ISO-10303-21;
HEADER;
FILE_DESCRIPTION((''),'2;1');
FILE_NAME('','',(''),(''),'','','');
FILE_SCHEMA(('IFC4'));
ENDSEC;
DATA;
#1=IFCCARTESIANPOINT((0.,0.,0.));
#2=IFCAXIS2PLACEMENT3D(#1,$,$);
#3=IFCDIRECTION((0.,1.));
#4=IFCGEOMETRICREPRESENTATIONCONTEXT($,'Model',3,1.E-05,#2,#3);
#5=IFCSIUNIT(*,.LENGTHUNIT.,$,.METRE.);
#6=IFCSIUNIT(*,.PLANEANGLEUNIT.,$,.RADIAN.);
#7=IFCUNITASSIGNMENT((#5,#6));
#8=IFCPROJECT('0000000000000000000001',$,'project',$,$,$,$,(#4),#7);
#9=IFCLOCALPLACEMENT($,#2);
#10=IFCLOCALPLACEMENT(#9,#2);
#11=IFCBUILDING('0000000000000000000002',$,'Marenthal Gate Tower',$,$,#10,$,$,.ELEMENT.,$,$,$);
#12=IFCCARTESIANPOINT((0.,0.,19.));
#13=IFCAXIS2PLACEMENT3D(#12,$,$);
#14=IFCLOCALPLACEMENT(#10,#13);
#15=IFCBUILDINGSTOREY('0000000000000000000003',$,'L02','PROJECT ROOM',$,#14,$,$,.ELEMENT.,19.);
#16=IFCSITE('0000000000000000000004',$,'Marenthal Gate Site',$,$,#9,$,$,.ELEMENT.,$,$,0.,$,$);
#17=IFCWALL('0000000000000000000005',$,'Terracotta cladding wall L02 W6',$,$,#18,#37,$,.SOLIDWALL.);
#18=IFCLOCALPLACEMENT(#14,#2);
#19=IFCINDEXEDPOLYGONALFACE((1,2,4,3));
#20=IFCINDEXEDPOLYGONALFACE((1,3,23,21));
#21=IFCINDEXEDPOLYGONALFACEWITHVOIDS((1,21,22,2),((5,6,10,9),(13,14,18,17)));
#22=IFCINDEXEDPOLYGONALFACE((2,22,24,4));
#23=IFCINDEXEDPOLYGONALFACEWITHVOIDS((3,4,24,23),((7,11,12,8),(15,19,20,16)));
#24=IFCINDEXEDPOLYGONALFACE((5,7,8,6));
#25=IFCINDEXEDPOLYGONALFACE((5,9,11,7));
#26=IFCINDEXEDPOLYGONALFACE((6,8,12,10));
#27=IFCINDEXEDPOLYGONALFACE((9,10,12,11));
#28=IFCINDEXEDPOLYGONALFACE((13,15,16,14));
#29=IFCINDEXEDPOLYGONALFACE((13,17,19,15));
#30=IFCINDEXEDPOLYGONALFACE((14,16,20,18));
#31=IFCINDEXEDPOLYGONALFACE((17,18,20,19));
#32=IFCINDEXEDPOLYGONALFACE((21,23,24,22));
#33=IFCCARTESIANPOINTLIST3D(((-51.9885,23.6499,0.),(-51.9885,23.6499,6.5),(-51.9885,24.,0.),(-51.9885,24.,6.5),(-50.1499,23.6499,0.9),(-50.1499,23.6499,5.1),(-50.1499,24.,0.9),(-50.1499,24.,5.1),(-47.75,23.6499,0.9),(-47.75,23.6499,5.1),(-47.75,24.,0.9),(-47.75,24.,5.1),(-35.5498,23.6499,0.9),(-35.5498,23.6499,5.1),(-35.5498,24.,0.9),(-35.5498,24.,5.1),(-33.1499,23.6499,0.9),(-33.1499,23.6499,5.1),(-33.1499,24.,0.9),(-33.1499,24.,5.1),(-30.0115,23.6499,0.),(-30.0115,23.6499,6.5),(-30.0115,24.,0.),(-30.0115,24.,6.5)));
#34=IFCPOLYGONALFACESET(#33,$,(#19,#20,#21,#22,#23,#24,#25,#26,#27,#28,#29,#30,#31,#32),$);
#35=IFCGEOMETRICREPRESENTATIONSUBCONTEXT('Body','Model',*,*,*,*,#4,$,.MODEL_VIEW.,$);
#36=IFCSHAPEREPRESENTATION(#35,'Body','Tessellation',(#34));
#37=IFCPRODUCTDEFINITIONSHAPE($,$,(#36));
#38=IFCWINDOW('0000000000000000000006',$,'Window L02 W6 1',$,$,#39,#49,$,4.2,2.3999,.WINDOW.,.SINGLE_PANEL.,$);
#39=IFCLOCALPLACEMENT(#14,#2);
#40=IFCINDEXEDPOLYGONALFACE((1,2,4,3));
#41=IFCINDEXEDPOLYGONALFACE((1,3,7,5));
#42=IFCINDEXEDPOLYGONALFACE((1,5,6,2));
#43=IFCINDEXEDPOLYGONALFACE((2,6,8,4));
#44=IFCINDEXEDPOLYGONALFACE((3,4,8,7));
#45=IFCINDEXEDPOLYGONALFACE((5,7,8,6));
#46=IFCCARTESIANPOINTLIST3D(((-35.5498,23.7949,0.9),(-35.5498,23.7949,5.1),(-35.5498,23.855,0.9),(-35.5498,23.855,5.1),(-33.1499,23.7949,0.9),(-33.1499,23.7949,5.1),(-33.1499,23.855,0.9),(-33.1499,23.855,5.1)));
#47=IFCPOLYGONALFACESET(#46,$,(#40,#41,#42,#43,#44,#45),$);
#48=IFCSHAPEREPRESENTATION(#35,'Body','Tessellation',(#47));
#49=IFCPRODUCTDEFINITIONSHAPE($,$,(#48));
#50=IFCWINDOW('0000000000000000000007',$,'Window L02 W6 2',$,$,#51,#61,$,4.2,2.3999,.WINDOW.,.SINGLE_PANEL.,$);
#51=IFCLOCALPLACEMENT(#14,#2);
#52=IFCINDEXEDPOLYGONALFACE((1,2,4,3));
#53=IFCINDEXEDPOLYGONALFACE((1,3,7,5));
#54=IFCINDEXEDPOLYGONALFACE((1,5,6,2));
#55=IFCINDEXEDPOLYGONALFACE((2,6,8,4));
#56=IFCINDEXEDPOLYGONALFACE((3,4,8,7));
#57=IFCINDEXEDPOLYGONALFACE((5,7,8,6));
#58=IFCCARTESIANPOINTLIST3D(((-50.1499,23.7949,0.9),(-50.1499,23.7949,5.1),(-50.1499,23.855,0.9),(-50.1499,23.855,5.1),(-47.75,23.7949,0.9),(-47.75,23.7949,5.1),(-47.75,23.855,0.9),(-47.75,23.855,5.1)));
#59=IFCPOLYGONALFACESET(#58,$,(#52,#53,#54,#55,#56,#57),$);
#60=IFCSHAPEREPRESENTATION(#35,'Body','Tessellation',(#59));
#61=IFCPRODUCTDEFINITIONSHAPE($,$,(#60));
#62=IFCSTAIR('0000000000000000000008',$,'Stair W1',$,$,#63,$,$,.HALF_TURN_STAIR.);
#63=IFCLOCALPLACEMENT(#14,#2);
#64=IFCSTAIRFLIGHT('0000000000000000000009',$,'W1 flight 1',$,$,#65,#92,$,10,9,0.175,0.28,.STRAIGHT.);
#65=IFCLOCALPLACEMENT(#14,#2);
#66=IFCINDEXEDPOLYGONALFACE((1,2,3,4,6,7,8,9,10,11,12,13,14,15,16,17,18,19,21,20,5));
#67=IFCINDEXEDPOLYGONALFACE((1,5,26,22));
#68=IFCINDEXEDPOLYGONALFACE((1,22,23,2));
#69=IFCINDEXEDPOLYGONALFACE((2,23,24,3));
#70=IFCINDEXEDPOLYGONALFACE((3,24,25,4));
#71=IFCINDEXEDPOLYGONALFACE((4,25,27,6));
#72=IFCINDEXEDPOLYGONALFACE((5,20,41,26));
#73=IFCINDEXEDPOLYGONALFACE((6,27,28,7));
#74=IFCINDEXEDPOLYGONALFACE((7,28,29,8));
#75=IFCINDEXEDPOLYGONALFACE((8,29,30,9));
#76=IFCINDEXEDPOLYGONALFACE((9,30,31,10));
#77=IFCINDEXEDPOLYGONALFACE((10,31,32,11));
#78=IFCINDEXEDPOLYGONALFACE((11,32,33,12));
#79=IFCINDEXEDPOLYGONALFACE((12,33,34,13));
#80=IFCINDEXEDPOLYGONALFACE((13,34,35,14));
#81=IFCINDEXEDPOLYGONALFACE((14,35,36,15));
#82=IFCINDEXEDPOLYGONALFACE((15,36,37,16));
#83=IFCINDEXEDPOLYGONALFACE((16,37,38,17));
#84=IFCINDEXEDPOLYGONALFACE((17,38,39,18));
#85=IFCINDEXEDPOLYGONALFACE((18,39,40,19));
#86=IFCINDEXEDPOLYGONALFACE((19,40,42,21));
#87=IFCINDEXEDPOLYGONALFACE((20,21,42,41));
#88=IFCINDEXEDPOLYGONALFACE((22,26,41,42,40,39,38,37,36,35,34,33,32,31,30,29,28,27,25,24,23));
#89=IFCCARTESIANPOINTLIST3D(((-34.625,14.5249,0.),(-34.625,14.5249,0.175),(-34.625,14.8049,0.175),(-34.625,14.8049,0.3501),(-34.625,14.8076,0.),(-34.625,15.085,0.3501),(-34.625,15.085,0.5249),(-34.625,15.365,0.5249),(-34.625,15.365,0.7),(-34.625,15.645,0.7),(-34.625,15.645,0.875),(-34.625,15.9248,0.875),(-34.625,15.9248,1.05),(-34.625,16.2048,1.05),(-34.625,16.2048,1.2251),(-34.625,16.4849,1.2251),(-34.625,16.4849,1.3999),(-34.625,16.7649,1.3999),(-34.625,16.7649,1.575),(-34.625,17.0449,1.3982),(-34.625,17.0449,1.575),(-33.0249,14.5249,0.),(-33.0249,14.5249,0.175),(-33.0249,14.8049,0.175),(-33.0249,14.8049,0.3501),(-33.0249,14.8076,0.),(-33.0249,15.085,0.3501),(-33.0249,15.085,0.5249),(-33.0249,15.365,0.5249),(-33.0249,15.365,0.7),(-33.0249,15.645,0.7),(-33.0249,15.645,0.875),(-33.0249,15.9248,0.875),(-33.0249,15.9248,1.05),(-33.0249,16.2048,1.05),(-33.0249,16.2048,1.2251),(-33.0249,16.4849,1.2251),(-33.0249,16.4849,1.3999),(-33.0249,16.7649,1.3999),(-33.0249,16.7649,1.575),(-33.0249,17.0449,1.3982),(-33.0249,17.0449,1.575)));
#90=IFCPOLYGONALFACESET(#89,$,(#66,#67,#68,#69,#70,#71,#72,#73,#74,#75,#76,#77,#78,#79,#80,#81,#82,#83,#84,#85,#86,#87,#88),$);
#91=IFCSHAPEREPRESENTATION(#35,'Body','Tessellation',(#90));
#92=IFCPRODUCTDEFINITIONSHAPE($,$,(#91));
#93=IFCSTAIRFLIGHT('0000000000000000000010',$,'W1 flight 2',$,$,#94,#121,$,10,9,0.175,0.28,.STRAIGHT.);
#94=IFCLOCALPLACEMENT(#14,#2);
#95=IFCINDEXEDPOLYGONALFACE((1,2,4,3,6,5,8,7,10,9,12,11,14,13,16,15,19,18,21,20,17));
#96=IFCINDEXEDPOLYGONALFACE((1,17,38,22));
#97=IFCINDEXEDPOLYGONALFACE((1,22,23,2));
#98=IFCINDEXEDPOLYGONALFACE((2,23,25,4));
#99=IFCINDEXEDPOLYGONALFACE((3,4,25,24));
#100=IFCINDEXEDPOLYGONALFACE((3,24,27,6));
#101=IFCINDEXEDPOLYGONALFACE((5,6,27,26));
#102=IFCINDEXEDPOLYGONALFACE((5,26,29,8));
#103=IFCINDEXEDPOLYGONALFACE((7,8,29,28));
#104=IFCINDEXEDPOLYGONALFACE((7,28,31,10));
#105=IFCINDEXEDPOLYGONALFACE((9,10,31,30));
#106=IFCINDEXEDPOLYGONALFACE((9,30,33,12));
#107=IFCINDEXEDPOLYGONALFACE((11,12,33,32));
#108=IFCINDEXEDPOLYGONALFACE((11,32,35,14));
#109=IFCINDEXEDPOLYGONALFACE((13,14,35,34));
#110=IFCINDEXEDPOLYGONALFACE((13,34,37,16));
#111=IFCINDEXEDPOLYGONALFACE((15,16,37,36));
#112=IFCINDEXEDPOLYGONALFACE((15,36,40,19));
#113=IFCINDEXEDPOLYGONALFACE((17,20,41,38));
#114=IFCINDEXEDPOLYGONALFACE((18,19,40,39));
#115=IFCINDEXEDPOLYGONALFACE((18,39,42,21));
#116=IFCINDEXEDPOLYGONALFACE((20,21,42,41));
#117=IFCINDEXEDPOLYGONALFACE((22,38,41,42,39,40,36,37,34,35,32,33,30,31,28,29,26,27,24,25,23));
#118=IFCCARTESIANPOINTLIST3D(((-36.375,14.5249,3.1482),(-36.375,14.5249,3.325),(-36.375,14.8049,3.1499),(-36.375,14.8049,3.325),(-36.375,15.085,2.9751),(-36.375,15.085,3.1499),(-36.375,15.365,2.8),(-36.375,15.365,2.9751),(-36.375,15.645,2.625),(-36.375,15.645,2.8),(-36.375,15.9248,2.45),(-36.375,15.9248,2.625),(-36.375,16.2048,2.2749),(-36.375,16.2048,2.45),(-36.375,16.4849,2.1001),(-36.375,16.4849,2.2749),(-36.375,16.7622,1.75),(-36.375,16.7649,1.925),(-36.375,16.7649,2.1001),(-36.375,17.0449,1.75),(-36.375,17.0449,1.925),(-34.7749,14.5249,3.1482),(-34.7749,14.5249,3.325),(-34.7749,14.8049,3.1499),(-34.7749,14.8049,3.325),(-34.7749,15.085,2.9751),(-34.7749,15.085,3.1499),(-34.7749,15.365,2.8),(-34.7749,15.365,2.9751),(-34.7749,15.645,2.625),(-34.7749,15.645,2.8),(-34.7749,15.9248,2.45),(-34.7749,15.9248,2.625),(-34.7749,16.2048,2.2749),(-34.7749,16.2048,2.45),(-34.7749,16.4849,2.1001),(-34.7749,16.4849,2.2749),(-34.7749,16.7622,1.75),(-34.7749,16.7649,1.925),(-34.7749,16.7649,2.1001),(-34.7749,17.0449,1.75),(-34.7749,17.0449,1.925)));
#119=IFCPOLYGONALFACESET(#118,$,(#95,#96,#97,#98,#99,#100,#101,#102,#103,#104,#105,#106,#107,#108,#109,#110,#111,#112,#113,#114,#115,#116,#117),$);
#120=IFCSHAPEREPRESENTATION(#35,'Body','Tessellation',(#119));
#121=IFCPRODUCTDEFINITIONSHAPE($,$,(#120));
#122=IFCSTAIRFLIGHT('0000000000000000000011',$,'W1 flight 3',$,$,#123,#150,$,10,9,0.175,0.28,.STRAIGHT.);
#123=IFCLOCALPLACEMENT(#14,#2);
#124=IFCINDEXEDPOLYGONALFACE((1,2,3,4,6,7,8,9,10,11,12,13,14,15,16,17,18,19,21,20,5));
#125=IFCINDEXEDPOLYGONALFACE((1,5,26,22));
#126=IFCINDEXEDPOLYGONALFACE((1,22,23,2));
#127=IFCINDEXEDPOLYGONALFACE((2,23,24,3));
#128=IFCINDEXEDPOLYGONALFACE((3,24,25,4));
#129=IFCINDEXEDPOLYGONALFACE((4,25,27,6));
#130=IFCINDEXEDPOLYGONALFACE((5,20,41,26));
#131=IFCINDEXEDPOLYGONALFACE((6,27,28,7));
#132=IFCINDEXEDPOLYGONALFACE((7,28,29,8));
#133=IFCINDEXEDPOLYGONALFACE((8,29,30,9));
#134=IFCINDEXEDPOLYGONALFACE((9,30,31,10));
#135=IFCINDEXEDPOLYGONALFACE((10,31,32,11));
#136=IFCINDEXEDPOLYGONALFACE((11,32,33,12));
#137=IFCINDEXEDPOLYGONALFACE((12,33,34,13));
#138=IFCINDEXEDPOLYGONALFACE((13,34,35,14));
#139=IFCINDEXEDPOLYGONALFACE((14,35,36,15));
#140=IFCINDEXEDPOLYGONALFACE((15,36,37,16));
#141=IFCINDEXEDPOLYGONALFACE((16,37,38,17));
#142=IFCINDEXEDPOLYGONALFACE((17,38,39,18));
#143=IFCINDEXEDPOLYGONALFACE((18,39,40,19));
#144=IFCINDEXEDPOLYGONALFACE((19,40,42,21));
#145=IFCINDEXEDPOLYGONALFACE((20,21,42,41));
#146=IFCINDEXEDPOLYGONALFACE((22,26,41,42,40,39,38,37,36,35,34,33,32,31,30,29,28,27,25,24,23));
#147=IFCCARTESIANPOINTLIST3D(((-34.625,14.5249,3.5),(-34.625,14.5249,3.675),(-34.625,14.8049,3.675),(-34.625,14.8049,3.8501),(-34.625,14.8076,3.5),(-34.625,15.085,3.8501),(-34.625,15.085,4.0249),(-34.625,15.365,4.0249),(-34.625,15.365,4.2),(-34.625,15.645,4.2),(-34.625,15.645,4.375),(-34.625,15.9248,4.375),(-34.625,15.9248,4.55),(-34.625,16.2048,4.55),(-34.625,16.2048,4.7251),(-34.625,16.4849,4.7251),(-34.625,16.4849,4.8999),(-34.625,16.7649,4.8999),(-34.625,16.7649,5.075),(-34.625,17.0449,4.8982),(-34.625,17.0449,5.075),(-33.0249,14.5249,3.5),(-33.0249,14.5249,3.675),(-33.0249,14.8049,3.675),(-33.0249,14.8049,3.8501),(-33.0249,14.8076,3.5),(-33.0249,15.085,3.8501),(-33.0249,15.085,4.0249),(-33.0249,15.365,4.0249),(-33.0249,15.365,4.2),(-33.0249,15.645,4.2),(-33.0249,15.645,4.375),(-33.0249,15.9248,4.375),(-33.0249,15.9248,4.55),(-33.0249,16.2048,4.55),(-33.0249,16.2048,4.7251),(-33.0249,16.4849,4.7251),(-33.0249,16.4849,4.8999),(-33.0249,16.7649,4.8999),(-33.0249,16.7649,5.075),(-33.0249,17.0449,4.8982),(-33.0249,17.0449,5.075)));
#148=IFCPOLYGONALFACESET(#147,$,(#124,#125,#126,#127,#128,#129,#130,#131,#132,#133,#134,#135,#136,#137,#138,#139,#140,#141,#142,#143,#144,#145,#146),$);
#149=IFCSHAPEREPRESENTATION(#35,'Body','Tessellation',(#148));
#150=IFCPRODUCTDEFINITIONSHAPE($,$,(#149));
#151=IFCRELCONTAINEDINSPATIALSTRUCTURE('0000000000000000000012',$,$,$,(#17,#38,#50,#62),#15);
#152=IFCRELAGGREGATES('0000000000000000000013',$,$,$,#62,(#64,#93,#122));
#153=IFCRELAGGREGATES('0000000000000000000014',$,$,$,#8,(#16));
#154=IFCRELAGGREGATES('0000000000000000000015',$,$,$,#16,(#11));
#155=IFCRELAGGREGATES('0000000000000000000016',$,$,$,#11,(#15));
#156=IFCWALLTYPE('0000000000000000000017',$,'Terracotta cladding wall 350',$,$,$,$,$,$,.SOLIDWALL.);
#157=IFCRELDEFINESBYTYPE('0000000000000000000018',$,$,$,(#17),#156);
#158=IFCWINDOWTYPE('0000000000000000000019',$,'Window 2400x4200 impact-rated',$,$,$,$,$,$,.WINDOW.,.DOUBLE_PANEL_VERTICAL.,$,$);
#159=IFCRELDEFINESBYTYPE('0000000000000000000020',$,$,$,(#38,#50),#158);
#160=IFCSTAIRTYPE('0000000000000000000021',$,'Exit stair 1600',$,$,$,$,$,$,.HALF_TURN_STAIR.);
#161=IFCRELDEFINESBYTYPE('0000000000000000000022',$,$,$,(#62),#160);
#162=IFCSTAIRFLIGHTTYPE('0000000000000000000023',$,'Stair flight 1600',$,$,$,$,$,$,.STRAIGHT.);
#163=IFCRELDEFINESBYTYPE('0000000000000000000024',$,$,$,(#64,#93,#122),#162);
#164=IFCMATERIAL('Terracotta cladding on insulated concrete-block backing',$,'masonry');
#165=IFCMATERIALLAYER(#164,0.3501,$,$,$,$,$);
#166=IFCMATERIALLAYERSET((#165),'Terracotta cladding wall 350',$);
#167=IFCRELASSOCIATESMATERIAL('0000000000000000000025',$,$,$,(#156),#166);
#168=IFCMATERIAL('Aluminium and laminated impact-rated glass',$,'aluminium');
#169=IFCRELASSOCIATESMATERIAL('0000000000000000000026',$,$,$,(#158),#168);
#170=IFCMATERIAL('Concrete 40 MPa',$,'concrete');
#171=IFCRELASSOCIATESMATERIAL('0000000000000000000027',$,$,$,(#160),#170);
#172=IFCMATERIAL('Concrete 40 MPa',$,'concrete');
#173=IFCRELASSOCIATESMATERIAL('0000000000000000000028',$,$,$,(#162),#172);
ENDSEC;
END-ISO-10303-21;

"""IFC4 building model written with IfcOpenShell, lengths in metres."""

from ifc_helpers import new_model, si_unit, direction, frame, frame_2d, origin, place, context, subcontext, project, spatial, polyline, rectangle, outline, extrude, material, layer, layer_set, type_object, element, fill, aggregate, save


model = new_model("IFC4")

# Units and contexts
model_context = context("Model", 3, precision=1e-05, world=origin(), true_north=direction((0.0, 1.0)))
body_context = subcontext(model_context, "Body", "Model", "MODEL_VIEW")
ifc_project = project(units=[si_unit("LENGTHUNIT", "METRE"), si_unit("PLANEANGLEUNIT", "RADIAN")], contexts=[model_context])

# Site, building, storey
site_placement = place(None, origin())
site = spatial("IfcSite", under=ifc_project, at=site_placement, Name="Marenthal Gate Site", CompositionType="ELEMENT", RefElevation=0.0)
building_placement = place(site_placement, origin())
building = spatial("IfcBuilding", under=site, at=building_placement, Name="Marenthal Gate Tower", CompositionType="ELEMENT")
storey_placement = place(building_placement, frame((0.0, 0.0, 19.0)))
storey = spatial("IfcBuildingStorey", under=building, at=storey_placement, Name="L02", Description="PROJECT ROOM", CompositionType="ELEMENT", Elevation=19.0)

# Wall, openings, windows
ifc_material_1 = material(Name="Terracotta cladding on insulated concrete-block backing", Category="masonry")
ifc_layer_1 = layer(ifc_material_1, 0.3501)
ifc_layer_set_1 = layer_set([ifc_layer_1], Name="Terracotta cladding wall 350")
wall_type_1 = type_object("IfcWallType", Name="Terracotta cladding wall 350", PredefinedType="SOLIDWALL", material=ifc_layer_set_1)
wall_1_placement = place(storey_placement, frame((-30.0115, 23.825, 0.0), z_axis=(0.0, 0.0, 1.0), x_axis=(-1.0, 0.0, 0.0)))
wall_1 = element("IfcWall", 1, at=wall_1_placement, inside=storey, type_object=wall_type_1, Name="Terracotta cladding wall L02 W6", PredefinedType="SOLIDWALL", context=body_context, shape_type="SweptSolid", body=[
    extrude(rectangle(XDim=21.9771, YDim=0.3501, at=frame_2d((10.9885, 0.0))), origin(), (0.0, 0.0, 1.0), 6.5),
])
opening_1_placement = place(wall_1_placement, frame((3.1384, 0.0, 0.8999)))
opening_1 = element("IfcOpeningElement", 2, at=opening_1_placement, cuts=wall_1, PredefinedType="OPENING", context=body_context, shape_type="SweptSolid", body=[
    extrude(rectangle(XDim=2.3999, YDim=4.2, at=frame_2d((1.2, 2.1001))), frame((0.0, 0.1851, 0.0), z_axis=(0.0, -1.0, 0.0), x_axis=(1.0, 0.0, 0.0)), (0.0, 0.0, 1.0), 0.3701),
])
opening_2_placement = place(wall_1_placement, frame((17.7385, 0.0, 0.8999)))
opening_2 = element("IfcOpeningElement", 3, at=opening_2_placement, cuts=wall_1, PredefinedType="OPENING", context=body_context, shape_type="SweptSolid", body=[
    extrude(rectangle(XDim=2.3999, YDim=4.2, at=frame_2d((1.2, 2.1001))), frame((0.0, 0.1851, 0.0), z_axis=(0.0, -1.0, 0.0), x_axis=(1.0, 0.0, 0.0)), (0.0, 0.0, 1.0), 0.3701),
])
ifc_material_2 = material(Name="Aluminium and laminated impact-rated glass", Category="aluminium")
window_type = type_object("IfcWindowType", Name="Window 2400x4200 impact-rated", PartitioningType="DOUBLE_PANEL_VERTICAL", PredefinedType="WINDOW", material=ifc_material_2)
window_1_placement = place(opening_1_placement, origin())
window_1 = element("IfcWindow", 4, at=window_1_placement, inside=storey, type_object=window_type, Name="Window L02 W6 1", OverallHeight=4.2, OverallWidth=2.3999, PartitioningType="SINGLE_PANEL", PredefinedType="WINDOW", context=body_context, shape_type="SweptSolid", body=[
    extrude(rectangle(XDim=2.3999, YDim=4.2, at=frame_2d((1.2, 2.1001))), frame((0.0, 0.03, 0.0), z_axis=(0.0, -1.0, 0.0), x_axis=(1.0, 0.0, 0.0)), (0.0, 0.0, 1.0), 0.0601),
])
fill(opening_1, window_1)
window_2_placement = place(opening_2_placement, origin())
window_2 = element("IfcWindow", 5, at=window_2_placement, inside=storey, type_object=window_type, Name="Window L02 W6 2", OverallHeight=4.2, OverallWidth=2.3999, PartitioningType="SINGLE_PANEL", PredefinedType="WINDOW", context=body_context, shape_type="SweptSolid", body=[
    extrude(rectangle(XDim=2.3999, YDim=4.2, at=frame_2d((1.2, 2.1001))), frame((0.0, 0.03, 0.0), z_axis=(0.0, -1.0, 0.0), x_axis=(1.0, 0.0, 0.0)), (0.0, 0.0, 1.0), 0.0601),
])
fill(opening_2, window_2)

# Stair, stair flights
ifc_material_3 = material(Name="Concrete 40 MPa", Category="concrete")
stair_type = type_object("IfcStairType", Name="Exit stair 1600", PredefinedType="HALF_TURN_STAIR", material=ifc_material_3)
stair_placement = place(storey_placement, origin())
stair = element("IfcStair", 6, at=stair_placement, inside=storey, type_object=stair_type, Name="Stair W1", PredefinedType="HALF_TURN_STAIR")
ifc_material_4 = material(Name="Concrete 40 MPa", Category="concrete")
stair_flight_type = type_object("IfcStairFlightType", Name="Stair flight 1600", PredefinedType="STRAIGHT", material=ifc_material_4)
stair_flight_1_placement = place(storey_placement, frame((-33.825, 14.5249, 0.0), z_axis=(0.0, 0.0, 1.0), x_axis=(0.0, 1.0, 0.0)))
stair_flight_1 = element("IfcStairFlight", 7, at=stair_flight_1_placement, type_object=stair_flight_type, Name="W1 flight 1", NumberOfRisers=10, NumberOfTreads=9, PredefinedType="STRAIGHT", RiserHeight=0.175, TreadLength=0.28, context=body_context, shape_type="SweptSolid", body=[
    extrude(outline(polyline([(0.0, 0.0), (0.0, 0.175), (0.28, 0.175), (0.28, 0.3501), (0.5601, 0.3501), (0.5601, 0.5249), (0.8401, 0.5249), (0.8401, 0.7), (1.1201, 0.7), (1.1201, 0.875), (1.3999, 0.875), (1.3999, 1.05), (1.6799, 1.05), (1.6799, 1.2251), (1.96, 1.2251), (1.96, 1.3999), (2.24, 1.3999), (2.24, 1.575), (2.52, 1.575), (2.52, 1.75), (2.52, 1.3982), (0.2827, 0.0), (0.0, 0.0)])), frame((0.0, 0.8, 0.0), z_axis=(0.0, -1.0, 0.0), x_axis=(1.0, 0.0, 0.0)), (0.0, 0.0, 1.0), 1.6001),
])
stair_flight_2_placement = place(storey_placement, frame((-35.575, 17.0449, 1.75), z_axis=(0.0, 0.0, 1.0), x_axis=(0.0, -1.0, 0.0)))
stair_flight_2 = element("IfcStairFlight", 8, at=stair_flight_2_placement, type_object=stair_flight_type, Name="W1 flight 2", NumberOfRisers=10, NumberOfTreads=9, PredefinedType="STRAIGHT", RiserHeight=0.175, TreadLength=0.28, context=body_context, shape_type="SweptSolid", body=[
    extrude(outline(polyline([(0.0, 0.0), (0.0, 0.175), (0.28, 0.175), (0.28, 0.3501), (0.5601, 0.3501), (0.5601, 0.5249), (0.8401, 0.5249), (0.8401, 0.7), (1.1201, 0.7), (1.1201, 0.875), (1.3999, 0.875), (1.3999, 1.05), (1.6799, 1.05), (1.6799, 1.2251), (1.96, 1.2251), (1.96, 1.3999), (2.24, 1.3999), (2.24, 1.575), (2.52, 1.575), (2.52, 1.75), (2.52, 1.3982), (0.2827, 0.0), (0.0, 0.0)])), frame((0.0, 0.8, 0.0), z_axis=(0.0, -1.0, 0.0), x_axis=(1.0, 0.0, 0.0)), (0.0, 0.0, 1.0), 1.6001),
])
stair_flight_3_placement = place(storey_placement, frame((-33.825, 14.5249, 3.5), z_axis=(0.0, 0.0, 1.0), x_axis=(0.0, 1.0, 0.0)))
stair_flight_3 = element("IfcStairFlight", 9, at=stair_flight_3_placement, type_object=stair_flight_type, Name="W1 flight 3", NumberOfRisers=10, NumberOfTreads=9, PredefinedType="STRAIGHT", RiserHeight=0.175, TreadLength=0.28, context=body_context, shape_type="SweptSolid", body=[
    extrude(outline(polyline([(0.0, 0.0), (0.0, 0.175), (0.28, 0.175), (0.28, 0.3501), (0.5601, 0.3501), (0.5601, 0.5249), (0.8401, 0.5249), (0.8401, 0.7), (1.1201, 0.7), (1.1201, 0.875), (1.3999, 0.875), (1.3999, 1.05), (1.6799, 1.05), (1.6799, 1.2251), (1.96, 1.2251), (1.96, 1.3999), (2.24, 1.3999), (2.24, 1.575), (2.52, 1.575), (2.52, 1.75), (2.52, 1.3982), (0.2827, 0.0), (0.0, 0.0)])), frame((0.0, 0.8, 0.0), z_axis=(0.0, -1.0, 0.0), x_axis=(1.0, 0.0, 0.0)), (0.0, 0.0, 1.0), 1.6001),
])
aggregate(stair, [stair_flight_1, stair_flight_2, stair_flight_3])

save(model, "model.ifc")
